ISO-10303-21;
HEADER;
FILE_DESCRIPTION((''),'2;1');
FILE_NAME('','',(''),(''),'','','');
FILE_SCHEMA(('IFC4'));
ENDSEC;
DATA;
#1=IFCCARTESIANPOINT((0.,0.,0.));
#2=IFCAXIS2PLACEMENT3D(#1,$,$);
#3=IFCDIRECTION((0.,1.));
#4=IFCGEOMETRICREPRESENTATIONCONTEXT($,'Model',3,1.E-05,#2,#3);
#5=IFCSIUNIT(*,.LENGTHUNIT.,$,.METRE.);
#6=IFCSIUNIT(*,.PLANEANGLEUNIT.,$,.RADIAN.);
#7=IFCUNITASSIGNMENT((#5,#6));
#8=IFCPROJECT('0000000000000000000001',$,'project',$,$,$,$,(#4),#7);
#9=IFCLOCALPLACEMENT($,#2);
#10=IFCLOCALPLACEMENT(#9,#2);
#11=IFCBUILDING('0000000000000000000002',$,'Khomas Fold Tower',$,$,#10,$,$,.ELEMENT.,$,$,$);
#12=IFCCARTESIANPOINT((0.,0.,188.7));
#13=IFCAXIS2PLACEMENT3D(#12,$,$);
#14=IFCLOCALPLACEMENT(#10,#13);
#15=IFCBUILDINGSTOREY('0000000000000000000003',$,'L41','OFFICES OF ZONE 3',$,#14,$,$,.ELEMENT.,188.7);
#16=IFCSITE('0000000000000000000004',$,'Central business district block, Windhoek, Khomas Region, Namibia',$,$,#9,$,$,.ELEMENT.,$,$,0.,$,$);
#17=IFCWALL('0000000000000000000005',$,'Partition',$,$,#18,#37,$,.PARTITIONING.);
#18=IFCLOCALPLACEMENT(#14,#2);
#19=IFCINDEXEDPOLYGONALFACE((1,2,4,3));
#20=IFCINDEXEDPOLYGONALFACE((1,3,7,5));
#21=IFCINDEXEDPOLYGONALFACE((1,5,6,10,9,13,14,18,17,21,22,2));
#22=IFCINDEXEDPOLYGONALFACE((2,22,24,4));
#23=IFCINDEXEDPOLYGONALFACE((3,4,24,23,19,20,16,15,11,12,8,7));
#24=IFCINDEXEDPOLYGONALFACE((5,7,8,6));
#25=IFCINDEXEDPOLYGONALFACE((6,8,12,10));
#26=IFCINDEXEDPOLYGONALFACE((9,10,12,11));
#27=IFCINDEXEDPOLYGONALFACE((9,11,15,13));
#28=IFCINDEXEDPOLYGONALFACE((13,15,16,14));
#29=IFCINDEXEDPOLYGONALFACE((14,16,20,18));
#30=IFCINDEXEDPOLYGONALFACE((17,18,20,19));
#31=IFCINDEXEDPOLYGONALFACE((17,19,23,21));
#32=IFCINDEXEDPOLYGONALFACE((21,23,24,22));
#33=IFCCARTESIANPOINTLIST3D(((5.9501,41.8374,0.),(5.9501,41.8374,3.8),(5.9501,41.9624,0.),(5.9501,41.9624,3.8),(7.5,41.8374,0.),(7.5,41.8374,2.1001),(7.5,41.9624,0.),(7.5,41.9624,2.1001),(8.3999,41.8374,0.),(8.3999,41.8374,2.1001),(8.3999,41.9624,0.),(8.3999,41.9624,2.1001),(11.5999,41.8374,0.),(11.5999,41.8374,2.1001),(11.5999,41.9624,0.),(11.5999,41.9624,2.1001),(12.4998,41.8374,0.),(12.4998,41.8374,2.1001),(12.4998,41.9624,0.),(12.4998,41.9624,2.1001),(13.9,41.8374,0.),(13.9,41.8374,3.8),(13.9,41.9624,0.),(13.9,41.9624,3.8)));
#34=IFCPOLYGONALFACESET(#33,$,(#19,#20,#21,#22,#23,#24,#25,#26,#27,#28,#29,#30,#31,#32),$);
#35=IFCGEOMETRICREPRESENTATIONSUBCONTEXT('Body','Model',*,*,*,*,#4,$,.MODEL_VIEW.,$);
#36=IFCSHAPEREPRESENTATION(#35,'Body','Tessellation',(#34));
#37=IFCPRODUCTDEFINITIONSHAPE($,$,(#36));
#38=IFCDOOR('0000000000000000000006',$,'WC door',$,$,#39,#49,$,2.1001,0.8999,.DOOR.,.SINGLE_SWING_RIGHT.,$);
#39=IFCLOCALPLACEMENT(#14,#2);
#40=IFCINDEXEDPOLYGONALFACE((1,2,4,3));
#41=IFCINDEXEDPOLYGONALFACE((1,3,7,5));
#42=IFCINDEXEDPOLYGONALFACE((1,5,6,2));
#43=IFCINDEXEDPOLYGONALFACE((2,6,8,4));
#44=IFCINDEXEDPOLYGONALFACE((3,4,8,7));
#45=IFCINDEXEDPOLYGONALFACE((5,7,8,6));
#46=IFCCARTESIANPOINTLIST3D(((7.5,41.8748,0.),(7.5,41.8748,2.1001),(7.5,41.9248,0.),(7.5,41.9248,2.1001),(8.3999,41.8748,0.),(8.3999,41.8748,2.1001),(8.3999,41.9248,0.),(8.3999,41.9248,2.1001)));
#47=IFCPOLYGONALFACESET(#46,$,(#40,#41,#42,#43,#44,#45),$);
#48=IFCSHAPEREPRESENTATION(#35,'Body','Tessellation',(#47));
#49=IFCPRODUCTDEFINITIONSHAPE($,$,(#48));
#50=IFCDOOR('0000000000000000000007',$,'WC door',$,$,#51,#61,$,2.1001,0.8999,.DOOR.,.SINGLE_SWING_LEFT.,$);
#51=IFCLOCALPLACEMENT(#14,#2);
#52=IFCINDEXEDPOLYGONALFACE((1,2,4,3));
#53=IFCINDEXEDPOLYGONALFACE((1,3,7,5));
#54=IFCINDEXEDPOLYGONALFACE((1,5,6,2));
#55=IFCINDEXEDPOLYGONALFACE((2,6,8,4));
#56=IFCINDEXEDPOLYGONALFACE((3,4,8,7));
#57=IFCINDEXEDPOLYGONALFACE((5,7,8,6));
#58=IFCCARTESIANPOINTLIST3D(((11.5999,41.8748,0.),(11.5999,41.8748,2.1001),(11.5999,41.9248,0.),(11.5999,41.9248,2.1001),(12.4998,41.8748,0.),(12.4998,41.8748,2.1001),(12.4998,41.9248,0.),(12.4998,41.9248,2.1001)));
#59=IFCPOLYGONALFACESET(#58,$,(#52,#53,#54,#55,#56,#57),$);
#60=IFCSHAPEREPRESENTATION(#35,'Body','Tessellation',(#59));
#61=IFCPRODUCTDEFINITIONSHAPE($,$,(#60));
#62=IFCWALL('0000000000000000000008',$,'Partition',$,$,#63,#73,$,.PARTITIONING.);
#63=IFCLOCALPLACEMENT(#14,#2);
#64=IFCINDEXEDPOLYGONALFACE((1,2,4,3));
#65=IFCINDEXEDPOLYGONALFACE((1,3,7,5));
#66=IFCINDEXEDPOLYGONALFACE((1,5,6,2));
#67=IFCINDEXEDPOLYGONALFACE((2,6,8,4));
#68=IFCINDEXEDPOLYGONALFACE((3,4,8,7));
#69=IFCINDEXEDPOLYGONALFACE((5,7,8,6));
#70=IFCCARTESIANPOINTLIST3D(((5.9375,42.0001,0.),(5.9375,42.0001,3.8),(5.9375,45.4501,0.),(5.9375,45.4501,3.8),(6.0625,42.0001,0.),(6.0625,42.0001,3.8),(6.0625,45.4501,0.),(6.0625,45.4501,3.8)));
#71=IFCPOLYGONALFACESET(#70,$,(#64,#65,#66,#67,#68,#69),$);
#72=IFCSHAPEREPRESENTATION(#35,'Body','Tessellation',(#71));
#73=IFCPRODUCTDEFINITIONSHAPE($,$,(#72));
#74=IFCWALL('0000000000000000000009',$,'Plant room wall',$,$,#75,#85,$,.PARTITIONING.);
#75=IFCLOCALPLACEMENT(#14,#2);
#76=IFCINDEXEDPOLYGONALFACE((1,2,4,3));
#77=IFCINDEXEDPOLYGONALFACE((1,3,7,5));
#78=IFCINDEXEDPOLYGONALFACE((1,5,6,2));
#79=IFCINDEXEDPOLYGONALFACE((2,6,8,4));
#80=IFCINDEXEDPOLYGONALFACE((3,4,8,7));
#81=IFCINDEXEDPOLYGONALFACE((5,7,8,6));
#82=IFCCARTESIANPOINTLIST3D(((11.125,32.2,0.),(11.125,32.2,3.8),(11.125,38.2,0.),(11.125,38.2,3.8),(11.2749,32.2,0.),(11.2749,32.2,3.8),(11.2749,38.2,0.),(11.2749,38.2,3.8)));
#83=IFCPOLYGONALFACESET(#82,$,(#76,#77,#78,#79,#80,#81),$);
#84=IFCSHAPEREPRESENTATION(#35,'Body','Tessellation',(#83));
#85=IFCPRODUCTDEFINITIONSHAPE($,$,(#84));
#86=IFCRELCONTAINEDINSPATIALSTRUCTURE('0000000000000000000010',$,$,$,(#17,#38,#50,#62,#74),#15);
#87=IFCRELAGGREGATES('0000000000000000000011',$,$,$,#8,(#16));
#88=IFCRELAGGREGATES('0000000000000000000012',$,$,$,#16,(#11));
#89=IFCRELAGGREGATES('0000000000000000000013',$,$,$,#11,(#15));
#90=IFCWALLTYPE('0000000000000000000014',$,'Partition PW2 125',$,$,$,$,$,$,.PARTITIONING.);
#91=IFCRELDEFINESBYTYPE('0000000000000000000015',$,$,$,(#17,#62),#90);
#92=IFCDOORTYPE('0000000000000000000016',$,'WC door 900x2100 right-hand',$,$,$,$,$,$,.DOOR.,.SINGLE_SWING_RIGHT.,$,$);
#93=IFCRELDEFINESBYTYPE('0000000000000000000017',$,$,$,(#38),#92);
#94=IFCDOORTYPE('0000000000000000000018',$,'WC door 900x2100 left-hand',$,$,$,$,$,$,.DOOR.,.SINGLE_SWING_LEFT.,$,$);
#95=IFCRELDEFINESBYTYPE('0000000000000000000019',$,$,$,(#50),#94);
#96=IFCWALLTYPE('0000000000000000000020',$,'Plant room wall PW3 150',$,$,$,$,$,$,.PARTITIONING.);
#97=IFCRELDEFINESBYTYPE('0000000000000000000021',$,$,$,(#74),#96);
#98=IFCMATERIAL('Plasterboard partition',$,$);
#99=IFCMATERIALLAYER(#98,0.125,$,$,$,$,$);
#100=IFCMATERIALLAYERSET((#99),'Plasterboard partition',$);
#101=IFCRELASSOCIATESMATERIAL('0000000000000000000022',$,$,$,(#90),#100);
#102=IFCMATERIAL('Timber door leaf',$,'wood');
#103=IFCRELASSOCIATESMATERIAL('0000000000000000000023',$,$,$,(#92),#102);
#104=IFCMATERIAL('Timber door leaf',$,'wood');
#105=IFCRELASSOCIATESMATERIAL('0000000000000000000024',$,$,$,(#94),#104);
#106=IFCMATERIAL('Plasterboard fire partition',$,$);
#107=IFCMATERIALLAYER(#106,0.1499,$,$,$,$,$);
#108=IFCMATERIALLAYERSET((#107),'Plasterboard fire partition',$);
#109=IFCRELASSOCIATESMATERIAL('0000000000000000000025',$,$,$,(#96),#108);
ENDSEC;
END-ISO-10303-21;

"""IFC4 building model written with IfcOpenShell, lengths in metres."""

from ifc_helpers import new_model, si_unit, direction, frame, frame_2d, origin, place, context, subcontext, project, spatial, rectangle, extrude, source, transform, mapped, material, layer, layer_set, type_object, element, fill, save


model = new_model("IFC4")

# Units and contexts
model_context = context("Model", 3, precision=1e-05, world=origin(), true_north=direction((0.0, 1.0)))
body_context = subcontext(model_context, "Body", "Model", "MODEL_VIEW")
ifc_project = project(units=[si_unit("LENGTHUNIT", "METRE"), si_unit("PLANEANGLEUNIT", "RADIAN")], contexts=[model_context])

# Site, building, storey
site_placement = place(None, origin())
site = spatial("IfcSite", under=ifc_project, at=site_placement, Name="Central business district block, Windhoek, Khomas Region, Namibia", CompositionType="ELEMENT", RefElevation=0.0)
building_placement = place(site_placement, origin())
building = spatial("IfcBuilding", under=site, at=building_placement, Name="Khomas Fold Tower", CompositionType="ELEMENT")
storey_placement = place(building_placement, frame((0.0, 0.0, 188.7)))
storey = spatial("IfcBuildingStorey", under=building, at=storey_placement, Name="L41", Description="OFFICES OF ZONE 3", CompositionType="ELEMENT", Elevation=188.7)

# Wall, openings, doors
ifc_material_1 = material(Name="Plasterboard partition")
ifc_layer_1 = layer(ifc_material_1, 0.125)
ifc_layer_set_1 = layer_set([ifc_layer_1], Name="Plasterboard partition")
wall_type_1 = type_object("IfcWallType", Name="Partition PW2 125", PredefinedType="PARTITIONING", material=ifc_layer_set_1)
shared_shape_1 = source(origin(), body_context, "Body", "SweptSolid", [
    extrude(rectangle(XDim=7.95, YDim=0.125, at=frame_2d((3.9751, 0.0))), origin(), (0.0, 0.0, 1.0), 3.8),
])
wall_1_placement = place(storey_placement, frame((5.95, 41.8999, 0.0), z_axis=(0.0, 0.0, 1.0), x_axis=(1.0, 0.0, 0.0)))
wall_1 = element("IfcWall", 1, at=wall_1_placement, inside=storey, type_object=wall_type_1, Name="Partition", PredefinedType="PARTITIONING", context=body_context, shape_type="MappedRepresentation", body=[
    mapped(shared_shape_1, transform((0.0, 0.0, 0.0))),
])
shared_shape_2 = source(origin(), body_context, "Body", "SweptSolid", [
    extrude(rectangle(XDim=0.8999, YDim=2.1001, at=frame_2d((0.45, 1.05))), frame((0.0, 0.0725, 0.0), z_axis=(0.0, -1.0, 0.0), x_axis=(1.0, 0.0, 0.0)), (0.0, 0.0, 1.0), 0.145),
])
opening_1_placement = place(wall_1_placement, frame((1.55, 0.0, 0.0)))
opening_1 = element("IfcOpeningElement", 2, at=opening_1_placement, cuts=wall_1, PredefinedType="OPENING", context=body_context, shape_type="MappedRepresentation", body=[
    mapped(shared_shape_2, transform((0.0, 0.0, 0.0))),
])
opening_2_placement = place(wall_1_placement, frame((5.6499, 0.0, 0.0)))
opening_2 = element("IfcOpeningElement", 3, at=opening_2_placement, cuts=wall_1, PredefinedType="OPENING", context=body_context, shape_type="MappedRepresentation", body=[
    mapped(shared_shape_2, transform((0.0, 0.0, 0.0))),
])
ifc_material_2 = material(Name="Timber door leaf", Category="wood")
door_type_1 = type_object("IfcDoorType", Name="WC door 900x2100 right-hand", OperationType="SINGLE_SWING_RIGHT", PredefinedType="DOOR", material=ifc_material_2)
shared_shape_3 = source(origin(), body_context, "Body", "SweptSolid", [
    extrude(rectangle(XDim=0.8999, YDim=2.1001, at=frame_2d((0.45, 1.05))), frame((0.0, 0.0249, 0.0), z_axis=(0.0, -1.0, 0.0), x_axis=(1.0, 0.0, 0.0)), (0.0, 0.0, 1.0), 0.05),
])
door_1_placement = place(opening_1_placement, origin())
door_1 = element("IfcDoor", 4, at=door_1_placement, inside=storey, type_object=door_type_1, Name="WC door", OperationType="SINGLE_SWING_RIGHT", OverallHeight=2.1001, OverallWidth=0.8999, PredefinedType="DOOR", context=body_context, shape_type="MappedRepresentation", body=[
    mapped(shared_shape_3, transform((0.0, 0.0, 0.0))),
])
fill(opening_1, door_1)
ifc_material_3 = material(Name="Timber door leaf", Category="wood")
door_type_2 = type_object("IfcDoorType", Name="WC door 900x2100 left-hand", OperationType="SINGLE_SWING_LEFT", PredefinedType="DOOR", material=ifc_material_3)
door_2_placement = place(opening_2_placement, origin())
door_2 = element("IfcDoor", 5, at=door_2_placement, inside=storey, type_object=door_type_2, Name="WC door", OperationType="SINGLE_SWING_LEFT", OverallHeight=2.1001, OverallWidth=0.8999, PredefinedType="DOOR", context=body_context, shape_type="MappedRepresentation", body=[
    mapped(shared_shape_3, transform((0.0, 0.0, 0.0))),
])
fill(opening_2, door_2)

# Walls
shared_shape_4 = source(origin(), body_context, "Body", "SweptSolid", [
    extrude(rectangle(XDim=3.45, YDim=0.125, at=frame_2d((1.7251, 0.0))), origin(), (0.0, 0.0, 1.0), 3.8),
])
wall_2_placement = place(storey_placement, frame((6.0, 42.0, 0.0), z_axis=(0.0, 0.0, 1.0), x_axis=(0.0, 1.0, 0.0)))
element("IfcWall", 6, at=wall_2_placement, inside=storey, type_object=wall_type_1, Name="Partition", PredefinedType="PARTITIONING", context=body_context, shape_type="MappedRepresentation", body=[
    mapped(shared_shape_4, transform((0.0, 0.0, 0.0))),
])
ifc_material_4 = material(Name="Plasterboard fire partition")
ifc_layer_2 = layer(ifc_material_4, 0.1499)
ifc_layer_set_2 = layer_set([ifc_layer_2], Name="Plasterboard fire partition")
wall_type_2 = type_object("IfcWallType", Name="Plant room wall PW3 150", PredefinedType="PARTITIONING", material=ifc_layer_set_2)
shared_shape_5 = source(origin(), body_context, "Body", "SweptSolid", [
    extrude(rectangle(XDim=6.0, YDim=0.1499, at=frame_2d((3.0, 0.0))), origin(), (0.0, 0.0, 1.0), 3.8),
])
wall_3_placement = place(storey_placement, frame((11.2, 32.2, 0.0), z_axis=(0.0, 0.0, 1.0), x_axis=(0.0, 1.0, 0.0)))
element("IfcWall", 7, at=wall_3_placement, inside=storey, type_object=wall_type_2, Name="Plant room wall", PredefinedType="PARTITIONING", context=body_context, shape_type="MappedRepresentation", body=[
    mapped(shared_shape_5, transform((0.0, 0.0, 0.0))),
])

save(model, "model.ifc")
